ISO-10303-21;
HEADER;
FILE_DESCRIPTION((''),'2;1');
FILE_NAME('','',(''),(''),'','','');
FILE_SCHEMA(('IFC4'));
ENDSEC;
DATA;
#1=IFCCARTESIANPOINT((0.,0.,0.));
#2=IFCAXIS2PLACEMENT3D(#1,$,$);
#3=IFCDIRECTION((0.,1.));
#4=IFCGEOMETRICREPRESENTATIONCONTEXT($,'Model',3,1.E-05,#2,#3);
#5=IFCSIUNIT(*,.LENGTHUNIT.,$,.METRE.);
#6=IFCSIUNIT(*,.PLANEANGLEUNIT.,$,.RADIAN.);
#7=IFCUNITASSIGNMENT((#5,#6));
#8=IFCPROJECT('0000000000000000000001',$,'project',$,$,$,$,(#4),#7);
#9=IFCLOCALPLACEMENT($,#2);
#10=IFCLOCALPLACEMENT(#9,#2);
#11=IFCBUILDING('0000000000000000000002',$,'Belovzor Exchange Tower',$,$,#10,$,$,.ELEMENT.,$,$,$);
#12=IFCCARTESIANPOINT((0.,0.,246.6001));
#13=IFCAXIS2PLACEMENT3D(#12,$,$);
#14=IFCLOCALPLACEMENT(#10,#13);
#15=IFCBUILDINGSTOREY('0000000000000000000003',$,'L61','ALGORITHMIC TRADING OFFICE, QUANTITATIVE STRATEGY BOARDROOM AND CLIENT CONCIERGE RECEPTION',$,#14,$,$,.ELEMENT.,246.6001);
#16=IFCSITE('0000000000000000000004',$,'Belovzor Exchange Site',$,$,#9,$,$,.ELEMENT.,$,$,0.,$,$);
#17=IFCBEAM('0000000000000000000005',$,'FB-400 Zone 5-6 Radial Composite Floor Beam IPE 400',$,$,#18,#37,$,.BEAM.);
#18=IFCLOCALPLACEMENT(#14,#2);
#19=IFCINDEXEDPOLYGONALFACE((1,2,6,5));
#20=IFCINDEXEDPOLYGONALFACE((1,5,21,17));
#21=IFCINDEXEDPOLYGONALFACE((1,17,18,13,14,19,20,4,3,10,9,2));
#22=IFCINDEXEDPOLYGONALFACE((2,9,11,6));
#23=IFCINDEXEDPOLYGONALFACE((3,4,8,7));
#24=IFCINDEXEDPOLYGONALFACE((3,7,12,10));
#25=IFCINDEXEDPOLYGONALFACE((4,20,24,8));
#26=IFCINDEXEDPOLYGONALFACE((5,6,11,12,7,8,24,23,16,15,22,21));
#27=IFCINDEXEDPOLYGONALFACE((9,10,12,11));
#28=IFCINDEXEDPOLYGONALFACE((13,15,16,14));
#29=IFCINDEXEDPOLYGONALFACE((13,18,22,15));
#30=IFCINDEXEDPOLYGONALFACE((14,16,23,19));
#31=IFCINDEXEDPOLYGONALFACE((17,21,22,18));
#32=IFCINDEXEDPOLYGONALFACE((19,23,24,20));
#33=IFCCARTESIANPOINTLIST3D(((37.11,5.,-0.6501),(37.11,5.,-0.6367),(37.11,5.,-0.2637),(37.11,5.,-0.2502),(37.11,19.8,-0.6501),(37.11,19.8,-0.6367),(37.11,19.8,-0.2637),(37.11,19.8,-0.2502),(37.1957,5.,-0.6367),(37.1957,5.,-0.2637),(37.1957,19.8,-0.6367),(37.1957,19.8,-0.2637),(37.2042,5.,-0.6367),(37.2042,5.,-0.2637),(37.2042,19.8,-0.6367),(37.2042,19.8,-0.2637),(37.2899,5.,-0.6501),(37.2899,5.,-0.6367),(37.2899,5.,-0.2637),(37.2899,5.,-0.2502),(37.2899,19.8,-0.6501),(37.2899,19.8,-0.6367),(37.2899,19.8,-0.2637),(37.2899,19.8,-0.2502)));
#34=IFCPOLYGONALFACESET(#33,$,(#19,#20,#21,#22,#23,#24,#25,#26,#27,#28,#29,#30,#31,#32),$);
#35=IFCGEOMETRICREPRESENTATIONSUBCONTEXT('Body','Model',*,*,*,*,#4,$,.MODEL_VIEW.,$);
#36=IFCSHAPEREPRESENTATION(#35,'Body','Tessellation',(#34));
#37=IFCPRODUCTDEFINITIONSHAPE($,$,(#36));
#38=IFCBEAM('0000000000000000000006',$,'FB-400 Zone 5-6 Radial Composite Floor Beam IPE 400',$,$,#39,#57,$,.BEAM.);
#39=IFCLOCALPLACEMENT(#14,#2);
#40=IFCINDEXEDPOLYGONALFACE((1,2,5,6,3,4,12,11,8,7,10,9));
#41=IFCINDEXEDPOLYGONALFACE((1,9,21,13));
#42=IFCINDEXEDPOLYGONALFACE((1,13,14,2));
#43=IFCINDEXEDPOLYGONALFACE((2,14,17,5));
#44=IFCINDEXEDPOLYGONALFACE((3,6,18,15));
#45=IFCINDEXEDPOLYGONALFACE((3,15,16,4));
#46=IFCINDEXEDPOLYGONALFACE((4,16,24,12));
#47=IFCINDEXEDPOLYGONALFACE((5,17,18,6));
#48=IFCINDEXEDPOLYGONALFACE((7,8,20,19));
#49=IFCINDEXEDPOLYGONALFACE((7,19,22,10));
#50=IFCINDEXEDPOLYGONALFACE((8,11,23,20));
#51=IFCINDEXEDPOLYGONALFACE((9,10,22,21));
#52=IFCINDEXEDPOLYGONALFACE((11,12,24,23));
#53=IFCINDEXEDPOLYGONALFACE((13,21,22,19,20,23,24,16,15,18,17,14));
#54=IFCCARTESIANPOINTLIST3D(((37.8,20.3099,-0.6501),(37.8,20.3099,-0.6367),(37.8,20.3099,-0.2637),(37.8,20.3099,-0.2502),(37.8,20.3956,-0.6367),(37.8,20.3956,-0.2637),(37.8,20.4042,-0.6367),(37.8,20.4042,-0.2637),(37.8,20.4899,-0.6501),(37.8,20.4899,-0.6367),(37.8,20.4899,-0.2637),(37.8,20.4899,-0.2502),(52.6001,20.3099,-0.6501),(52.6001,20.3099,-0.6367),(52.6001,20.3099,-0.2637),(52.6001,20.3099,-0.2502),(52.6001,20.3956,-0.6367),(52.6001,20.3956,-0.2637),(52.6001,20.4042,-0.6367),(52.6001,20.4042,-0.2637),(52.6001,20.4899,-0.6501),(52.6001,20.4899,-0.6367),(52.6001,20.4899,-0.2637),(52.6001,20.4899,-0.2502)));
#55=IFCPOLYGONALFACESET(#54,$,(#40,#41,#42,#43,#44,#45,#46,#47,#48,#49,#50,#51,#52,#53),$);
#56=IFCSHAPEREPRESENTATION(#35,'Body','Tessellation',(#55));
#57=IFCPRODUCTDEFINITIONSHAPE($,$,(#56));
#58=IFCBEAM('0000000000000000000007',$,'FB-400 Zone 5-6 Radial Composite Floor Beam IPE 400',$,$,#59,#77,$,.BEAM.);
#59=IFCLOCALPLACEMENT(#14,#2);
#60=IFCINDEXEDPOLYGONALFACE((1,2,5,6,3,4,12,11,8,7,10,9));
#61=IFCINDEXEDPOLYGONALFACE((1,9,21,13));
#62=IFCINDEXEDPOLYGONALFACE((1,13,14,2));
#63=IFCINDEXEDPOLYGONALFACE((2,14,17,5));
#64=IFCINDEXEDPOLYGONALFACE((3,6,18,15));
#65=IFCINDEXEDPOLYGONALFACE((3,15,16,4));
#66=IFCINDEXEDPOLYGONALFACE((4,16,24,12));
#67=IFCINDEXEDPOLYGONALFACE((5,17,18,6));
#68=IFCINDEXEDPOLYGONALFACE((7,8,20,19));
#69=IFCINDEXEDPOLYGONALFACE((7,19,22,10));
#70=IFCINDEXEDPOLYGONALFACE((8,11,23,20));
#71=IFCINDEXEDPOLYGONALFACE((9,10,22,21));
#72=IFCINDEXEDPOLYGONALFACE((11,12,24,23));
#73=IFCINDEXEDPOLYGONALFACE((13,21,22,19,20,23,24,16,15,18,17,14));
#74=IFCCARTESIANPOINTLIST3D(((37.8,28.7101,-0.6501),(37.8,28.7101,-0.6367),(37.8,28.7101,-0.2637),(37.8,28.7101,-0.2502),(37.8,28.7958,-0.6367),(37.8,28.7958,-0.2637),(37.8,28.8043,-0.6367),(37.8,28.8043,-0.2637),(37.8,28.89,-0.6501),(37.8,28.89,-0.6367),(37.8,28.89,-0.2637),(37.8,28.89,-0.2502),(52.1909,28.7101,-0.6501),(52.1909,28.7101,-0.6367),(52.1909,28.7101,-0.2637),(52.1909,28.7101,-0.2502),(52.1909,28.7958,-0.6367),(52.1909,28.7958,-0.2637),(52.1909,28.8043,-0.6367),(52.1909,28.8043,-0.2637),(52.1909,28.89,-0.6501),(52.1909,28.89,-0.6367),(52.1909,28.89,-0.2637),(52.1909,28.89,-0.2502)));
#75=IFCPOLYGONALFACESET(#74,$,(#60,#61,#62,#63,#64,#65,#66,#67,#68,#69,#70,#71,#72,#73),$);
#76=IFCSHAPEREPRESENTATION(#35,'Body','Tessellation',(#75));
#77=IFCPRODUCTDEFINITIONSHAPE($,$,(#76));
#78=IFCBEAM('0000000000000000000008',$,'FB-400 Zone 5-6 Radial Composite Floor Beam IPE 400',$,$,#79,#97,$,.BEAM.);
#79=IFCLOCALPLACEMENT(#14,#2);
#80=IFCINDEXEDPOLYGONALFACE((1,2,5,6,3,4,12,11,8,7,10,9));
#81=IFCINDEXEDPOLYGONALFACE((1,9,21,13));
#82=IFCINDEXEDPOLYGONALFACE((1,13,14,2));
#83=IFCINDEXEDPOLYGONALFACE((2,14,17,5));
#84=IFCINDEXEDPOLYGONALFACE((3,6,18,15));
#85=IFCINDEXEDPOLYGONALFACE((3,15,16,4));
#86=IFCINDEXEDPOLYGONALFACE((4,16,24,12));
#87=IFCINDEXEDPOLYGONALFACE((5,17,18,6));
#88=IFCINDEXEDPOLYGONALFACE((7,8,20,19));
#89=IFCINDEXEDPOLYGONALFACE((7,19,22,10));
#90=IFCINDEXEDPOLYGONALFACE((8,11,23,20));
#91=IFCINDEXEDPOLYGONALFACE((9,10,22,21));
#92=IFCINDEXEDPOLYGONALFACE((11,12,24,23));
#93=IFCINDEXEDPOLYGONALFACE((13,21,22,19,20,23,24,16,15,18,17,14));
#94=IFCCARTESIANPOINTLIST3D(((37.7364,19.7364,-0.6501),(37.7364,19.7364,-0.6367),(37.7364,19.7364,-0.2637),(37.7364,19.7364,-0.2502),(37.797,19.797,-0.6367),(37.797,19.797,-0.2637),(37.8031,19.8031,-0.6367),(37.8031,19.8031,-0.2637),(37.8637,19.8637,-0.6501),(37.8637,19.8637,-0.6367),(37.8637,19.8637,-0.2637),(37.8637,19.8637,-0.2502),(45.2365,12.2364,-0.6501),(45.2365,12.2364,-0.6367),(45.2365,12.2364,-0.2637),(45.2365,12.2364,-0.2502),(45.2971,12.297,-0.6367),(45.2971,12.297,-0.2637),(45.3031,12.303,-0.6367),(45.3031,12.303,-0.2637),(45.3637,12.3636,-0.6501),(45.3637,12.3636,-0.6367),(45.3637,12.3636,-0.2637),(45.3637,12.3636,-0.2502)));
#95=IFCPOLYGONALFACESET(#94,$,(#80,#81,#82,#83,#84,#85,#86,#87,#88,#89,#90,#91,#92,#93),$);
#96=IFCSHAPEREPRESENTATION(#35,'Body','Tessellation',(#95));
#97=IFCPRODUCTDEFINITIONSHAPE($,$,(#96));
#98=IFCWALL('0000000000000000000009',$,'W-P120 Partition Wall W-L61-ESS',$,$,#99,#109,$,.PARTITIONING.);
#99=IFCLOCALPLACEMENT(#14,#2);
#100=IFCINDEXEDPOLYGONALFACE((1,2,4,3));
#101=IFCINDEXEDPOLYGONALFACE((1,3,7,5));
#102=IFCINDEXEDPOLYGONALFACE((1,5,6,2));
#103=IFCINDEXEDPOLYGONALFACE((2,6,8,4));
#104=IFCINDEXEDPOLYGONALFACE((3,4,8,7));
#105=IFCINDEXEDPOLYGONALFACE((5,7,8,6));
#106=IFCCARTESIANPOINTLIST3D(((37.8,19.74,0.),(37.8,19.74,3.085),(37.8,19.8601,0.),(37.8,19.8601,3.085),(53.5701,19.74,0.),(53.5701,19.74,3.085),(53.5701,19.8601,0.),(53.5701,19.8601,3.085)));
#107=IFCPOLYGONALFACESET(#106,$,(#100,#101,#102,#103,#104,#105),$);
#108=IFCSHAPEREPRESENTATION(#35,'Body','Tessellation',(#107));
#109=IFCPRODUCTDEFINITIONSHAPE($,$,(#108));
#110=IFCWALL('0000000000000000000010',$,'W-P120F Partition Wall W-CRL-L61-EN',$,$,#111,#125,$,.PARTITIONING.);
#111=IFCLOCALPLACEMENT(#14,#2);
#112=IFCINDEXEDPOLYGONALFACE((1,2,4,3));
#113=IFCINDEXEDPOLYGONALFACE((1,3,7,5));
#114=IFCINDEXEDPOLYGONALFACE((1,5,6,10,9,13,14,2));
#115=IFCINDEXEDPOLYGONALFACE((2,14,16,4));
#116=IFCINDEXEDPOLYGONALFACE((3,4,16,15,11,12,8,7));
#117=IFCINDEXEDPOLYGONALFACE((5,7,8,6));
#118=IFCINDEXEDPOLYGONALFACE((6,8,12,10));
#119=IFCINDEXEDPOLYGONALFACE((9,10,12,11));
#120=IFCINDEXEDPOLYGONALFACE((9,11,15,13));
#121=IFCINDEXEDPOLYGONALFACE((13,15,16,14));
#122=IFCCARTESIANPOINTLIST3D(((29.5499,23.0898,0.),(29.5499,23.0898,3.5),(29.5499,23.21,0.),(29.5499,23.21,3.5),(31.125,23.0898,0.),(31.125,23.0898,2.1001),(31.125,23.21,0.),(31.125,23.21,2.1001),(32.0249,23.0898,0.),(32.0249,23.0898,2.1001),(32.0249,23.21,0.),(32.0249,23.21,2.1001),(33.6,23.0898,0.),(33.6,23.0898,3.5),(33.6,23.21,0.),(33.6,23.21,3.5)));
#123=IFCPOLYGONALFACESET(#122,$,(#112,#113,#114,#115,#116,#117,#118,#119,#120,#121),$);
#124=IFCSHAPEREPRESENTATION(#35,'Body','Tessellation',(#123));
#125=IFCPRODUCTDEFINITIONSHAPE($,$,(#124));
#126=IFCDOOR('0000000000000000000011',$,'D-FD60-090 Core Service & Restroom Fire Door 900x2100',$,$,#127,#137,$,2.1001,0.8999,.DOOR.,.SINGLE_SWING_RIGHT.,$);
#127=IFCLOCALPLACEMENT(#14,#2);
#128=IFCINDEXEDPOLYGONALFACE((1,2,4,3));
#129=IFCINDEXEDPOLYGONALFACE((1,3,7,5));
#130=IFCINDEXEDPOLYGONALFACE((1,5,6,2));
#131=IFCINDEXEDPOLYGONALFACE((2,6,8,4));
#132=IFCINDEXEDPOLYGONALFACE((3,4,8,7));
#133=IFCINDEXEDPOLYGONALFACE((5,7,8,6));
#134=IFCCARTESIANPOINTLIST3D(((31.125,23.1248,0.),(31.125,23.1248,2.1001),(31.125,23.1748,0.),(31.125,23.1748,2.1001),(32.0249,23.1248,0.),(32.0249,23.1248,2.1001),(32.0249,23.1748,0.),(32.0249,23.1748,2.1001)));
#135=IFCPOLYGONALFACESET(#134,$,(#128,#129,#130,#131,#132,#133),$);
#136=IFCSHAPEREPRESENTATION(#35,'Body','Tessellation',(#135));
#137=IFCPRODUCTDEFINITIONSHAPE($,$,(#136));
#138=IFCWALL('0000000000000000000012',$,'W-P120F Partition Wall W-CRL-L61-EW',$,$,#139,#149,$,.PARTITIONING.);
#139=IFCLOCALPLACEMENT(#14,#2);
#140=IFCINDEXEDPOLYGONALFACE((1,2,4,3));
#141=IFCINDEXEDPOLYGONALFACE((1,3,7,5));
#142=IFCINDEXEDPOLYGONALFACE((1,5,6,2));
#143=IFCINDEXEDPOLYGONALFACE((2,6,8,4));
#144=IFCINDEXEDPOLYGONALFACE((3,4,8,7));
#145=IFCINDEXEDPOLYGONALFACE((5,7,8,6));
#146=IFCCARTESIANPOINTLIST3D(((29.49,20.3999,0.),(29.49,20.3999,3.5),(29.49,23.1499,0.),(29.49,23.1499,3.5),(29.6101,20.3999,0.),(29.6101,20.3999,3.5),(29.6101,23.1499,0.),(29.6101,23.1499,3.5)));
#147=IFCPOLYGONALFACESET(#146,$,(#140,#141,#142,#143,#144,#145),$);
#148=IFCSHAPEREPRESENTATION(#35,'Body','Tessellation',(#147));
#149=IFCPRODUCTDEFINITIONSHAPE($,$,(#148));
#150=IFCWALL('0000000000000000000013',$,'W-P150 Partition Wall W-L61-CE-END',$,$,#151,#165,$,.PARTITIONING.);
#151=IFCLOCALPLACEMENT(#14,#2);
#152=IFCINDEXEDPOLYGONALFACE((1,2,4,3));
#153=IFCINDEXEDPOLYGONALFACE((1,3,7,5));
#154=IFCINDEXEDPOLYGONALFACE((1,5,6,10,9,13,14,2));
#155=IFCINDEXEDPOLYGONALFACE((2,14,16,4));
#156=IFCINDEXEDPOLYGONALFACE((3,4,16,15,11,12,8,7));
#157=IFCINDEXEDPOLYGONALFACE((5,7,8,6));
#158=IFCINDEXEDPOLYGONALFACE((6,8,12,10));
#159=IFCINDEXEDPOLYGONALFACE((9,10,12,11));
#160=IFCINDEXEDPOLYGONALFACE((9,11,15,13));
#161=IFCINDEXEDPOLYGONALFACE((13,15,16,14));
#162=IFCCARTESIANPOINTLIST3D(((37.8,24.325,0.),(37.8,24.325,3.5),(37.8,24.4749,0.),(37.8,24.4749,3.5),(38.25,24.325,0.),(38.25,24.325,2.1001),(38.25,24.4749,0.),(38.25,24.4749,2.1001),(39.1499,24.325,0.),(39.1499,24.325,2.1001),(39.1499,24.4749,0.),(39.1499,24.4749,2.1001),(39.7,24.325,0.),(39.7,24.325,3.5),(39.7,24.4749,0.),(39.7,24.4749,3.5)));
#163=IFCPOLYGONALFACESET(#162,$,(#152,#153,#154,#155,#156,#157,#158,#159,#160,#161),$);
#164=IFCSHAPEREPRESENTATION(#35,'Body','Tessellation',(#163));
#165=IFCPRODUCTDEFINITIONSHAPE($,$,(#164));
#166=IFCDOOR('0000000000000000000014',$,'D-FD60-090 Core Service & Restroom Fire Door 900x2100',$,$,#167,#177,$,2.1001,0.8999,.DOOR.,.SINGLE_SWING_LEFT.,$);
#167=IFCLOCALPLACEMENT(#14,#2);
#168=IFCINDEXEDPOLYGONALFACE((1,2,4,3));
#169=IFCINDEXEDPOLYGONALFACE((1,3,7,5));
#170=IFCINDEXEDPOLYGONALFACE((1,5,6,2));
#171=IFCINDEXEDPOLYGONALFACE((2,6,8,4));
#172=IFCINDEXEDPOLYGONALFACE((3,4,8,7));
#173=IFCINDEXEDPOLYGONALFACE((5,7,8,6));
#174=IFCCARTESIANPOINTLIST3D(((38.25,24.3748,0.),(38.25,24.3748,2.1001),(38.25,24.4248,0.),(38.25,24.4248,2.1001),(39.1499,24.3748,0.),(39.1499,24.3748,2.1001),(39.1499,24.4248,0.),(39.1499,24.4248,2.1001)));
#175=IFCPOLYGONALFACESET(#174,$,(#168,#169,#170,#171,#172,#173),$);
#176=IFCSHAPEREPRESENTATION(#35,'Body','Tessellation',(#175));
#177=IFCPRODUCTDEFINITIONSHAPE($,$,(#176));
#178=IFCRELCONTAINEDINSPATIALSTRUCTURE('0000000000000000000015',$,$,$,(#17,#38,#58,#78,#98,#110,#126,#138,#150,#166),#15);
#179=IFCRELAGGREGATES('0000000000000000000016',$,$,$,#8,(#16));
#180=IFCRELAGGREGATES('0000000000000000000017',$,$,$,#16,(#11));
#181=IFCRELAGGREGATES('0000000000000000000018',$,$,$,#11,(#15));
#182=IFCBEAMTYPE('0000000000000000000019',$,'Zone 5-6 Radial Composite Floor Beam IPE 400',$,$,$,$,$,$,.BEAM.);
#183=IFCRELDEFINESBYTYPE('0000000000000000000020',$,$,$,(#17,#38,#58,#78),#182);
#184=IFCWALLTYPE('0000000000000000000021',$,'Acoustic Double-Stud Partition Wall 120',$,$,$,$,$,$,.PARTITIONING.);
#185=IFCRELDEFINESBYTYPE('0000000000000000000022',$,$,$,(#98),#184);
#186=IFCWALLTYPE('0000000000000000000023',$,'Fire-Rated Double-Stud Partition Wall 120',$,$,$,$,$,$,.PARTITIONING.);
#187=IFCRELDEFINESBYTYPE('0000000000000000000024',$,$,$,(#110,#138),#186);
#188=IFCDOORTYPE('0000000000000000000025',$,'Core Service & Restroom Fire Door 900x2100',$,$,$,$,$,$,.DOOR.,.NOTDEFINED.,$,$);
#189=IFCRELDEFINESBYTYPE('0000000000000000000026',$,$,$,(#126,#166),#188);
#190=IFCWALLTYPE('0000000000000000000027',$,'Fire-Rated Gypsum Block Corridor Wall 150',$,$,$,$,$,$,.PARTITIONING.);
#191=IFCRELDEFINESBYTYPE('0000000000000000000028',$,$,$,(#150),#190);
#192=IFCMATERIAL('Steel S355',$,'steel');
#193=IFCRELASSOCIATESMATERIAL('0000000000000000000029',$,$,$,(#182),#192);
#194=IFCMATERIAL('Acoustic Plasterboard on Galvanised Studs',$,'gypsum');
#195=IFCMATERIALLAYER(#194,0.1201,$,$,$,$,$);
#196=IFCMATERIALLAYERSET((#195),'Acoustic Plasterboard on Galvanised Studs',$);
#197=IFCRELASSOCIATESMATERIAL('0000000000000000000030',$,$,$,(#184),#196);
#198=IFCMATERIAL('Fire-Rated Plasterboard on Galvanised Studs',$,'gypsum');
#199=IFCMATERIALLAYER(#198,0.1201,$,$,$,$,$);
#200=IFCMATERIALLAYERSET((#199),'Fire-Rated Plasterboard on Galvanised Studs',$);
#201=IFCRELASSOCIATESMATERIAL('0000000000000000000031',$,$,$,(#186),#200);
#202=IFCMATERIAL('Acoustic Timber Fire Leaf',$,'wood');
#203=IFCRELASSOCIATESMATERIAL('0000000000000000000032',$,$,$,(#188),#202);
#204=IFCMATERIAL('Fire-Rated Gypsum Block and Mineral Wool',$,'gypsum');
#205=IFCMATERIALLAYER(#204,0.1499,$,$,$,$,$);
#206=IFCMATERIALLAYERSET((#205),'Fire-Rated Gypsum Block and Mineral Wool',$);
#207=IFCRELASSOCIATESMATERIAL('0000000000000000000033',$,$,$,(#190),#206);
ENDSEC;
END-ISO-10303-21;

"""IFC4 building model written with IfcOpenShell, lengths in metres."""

from ifc_helpers import new_model, si_unit, direction, frame, frame_2d, origin, origin_2d, place, context, subcontext, project, spatial, rectangle, i_section, extrude, material, layer, layer_set, material_profile, profile_set, type_object, element, fill, save


model = new_model("IFC4")

# Units and contexts
model_context = context("Model", 3, precision=1e-05, world=origin(), true_north=direction((0.0, 1.0)))
body_context = subcontext(model_context, "Body", "Model", "MODEL_VIEW")
ifc_project = project(units=[si_unit("LENGTHUNIT", "METRE"), si_unit("PLANEANGLEUNIT", "RADIAN")], contexts=[model_context])

# Site, building, storey
site_placement = place(None, origin())
site = spatial("IfcSite", under=ifc_project, at=site_placement, Name="Belovzor Exchange Site", CompositionType="ELEMENT", RefElevation=0.0)
building_placement = place(site_placement, origin())
building = spatial("IfcBuilding", under=site, at=building_placement, Name="Belovzor Exchange Tower", CompositionType="ELEMENT")
storey_placement = place(building_placement, frame((0.0, 0.0, 246.6001)))
storey = spatial("IfcBuildingStorey", under=building, at=storey_placement, Name="L61", Description="ALGORITHMIC TRADING OFFICE, QUANTITATIVE STRATEGY BOARDROOM AND CLIENT CONCIERGE RECEPTION", CompositionType="ELEMENT", Elevation=246.6001)

# Beams
ifc_material_1 = material(Name="Steel S355", Category="steel")
ifc_material_profile = material_profile(ifc_material_1, i_section(OverallWidth=0.1799, OverallDepth=0.3999, WebThickness=0.0085, FlangeThickness=0.0134, at=origin_2d()))
ifc_profile_set = profile_set([ifc_material_profile], Name="Steel S355")
beam_type = type_object("IfcBeamType", Name="Zone 5-6 Radial Composite Floor Beam IPE 400", PredefinedType="BEAM", material=ifc_profile_set)
for number, where, z_axis, x_axis, name in (
    (1, (37.2, 19.8, -0.4502), (0.0, -1.0, 0.0), (1.0, 0.0, 0.0), "FB-400 Zone 5-6 Radial Composite Floor Beam IPE 400"),
    (2, (37.8, 20.3999, -0.4502), (1.0, 0.0, 0.0), (0.0, 1.0, 0.0), "FB-400 Zone 5-6 Radial Composite Floor Beam IPE 400"),
):
    element("IfcBeam", number, at=place(storey_placement, frame(where, z_axis=z_axis, x_axis=x_axis)), inside=storey, type_object=beam_type, Name=name, PredefinedType="BEAM", context=body_context, shape_type="SweptSolid", body=[
        extrude(i_section(OverallWidth=0.1799, OverallDepth=0.3999, WebThickness=0.0085, FlangeThickness=0.0134, at=origin_2d()), origin(), (0.0, 0.0, 1.0), 14.8),
    ])
beam_1_placement = place(storey_placement, frame((37.8, 28.8, -0.4502), z_axis=(1.0, 0.0, 0.0), x_axis=(0.0, 1.0, 0.0)))
element("IfcBeam", 3, at=beam_1_placement, inside=storey, type_object=beam_type, Name="FB-400 Zone 5-6 Radial Composite Floor Beam IPE 400", PredefinedType="BEAM", context=body_context, shape_type="SweptSolid", body=[
    extrude(i_section(OverallWidth=0.1799, OverallDepth=0.3999, WebThickness=0.0085, FlangeThickness=0.0134, at=origin_2d()), origin(), (0.0, 0.0, 1.0), 14.3909),
])
beam_2_placement = place(storey_placement, frame((37.8, 19.8, -0.4502), z_axis=(0.707107, -0.707107, 0.0), x_axis=(0.707107, 0.707107, 0.0)))
element("IfcBeam", 4, at=beam_2_placement, inside=storey, type_object=beam_type, Name="FB-400 Zone 5-6 Radial Composite Floor Beam IPE 400", PredefinedType="BEAM", context=body_context, shape_type="SweptSolid", body=[
    extrude(i_section(OverallWidth=0.1799, OverallDepth=0.3999, WebThickness=0.0085, FlangeThickness=0.0134, at=origin_2d()), origin(), (0.0, 0.0, 1.0), 10.6067),
])

# Wall
ifc_material_2 = material(Name="Acoustic Plasterboard on Galvanised Studs", Category="gypsum")
ifc_layer_1 = layer(ifc_material_2, 0.1201)
ifc_layer_set_1 = layer_set([ifc_layer_1], Name="Acoustic Plasterboard on Galvanised Studs")
wall_type_1 = type_object("IfcWallType", Name="Acoustic Double-Stud Partition Wall 120", PredefinedType="PARTITIONING", material=ifc_layer_set_1)
wall_1_placement = place(storey_placement, frame((37.8, 19.8, 0.0), z_axis=(0.0, 0.0, 1.0), x_axis=(1.0, 0.0, 0.0)))
element("IfcWall", 5, at=wall_1_placement, inside=storey, type_object=wall_type_1, Name="W-P120 Partition Wall W-L61-ESS", PredefinedType="PARTITIONING", context=body_context, shape_type="SweptSolid", body=[
    extrude(rectangle(XDim=15.77, YDim=0.1201, at=frame_2d((7.885, 0.0))), origin(), (0.0, 0.0, 1.0), 3.085),
])

# Wall, opening, door
ifc_material_3 = material(Name="Fire-Rated Plasterboard on Galvanised Studs", Category="gypsum")
ifc_layer_2 = layer(ifc_material_3, 0.1201)
ifc_layer_set_2 = layer_set([ifc_layer_2], Name="Fire-Rated Plasterboard on Galvanised Studs")
wall_type_2 = type_object("IfcWallType", Name="Fire-Rated Double-Stud Partition Wall 120", PredefinedType="PARTITIONING", material=ifc_layer_set_2)
wall_2_placement = place(storey_placement, frame((29.55, 23.1499, 0.0), z_axis=(0.0, 0.0, 1.0), x_axis=(1.0, 0.0, 0.0)))
wall_2 = element("IfcWall", 6, at=wall_2_placement, inside=storey, type_object=wall_type_2, Name="W-P120F Partition Wall W-CRL-L61-EN", PredefinedType="PARTITIONING", context=body_context, shape_type="SweptSolid", body=[
    extrude(rectangle(XDim=4.05, YDim=0.1201, at=frame_2d((2.0249, 0.0))), origin(), (0.0, 0.0, 1.0), 3.5),
])
opening_1_placement = place(wall_2_placement, frame((1.575, 0.0, 0.0)))
opening_1 = element("IfcOpeningElement", 7, at=opening_1_placement, cuts=wall_2, PredefinedType="OPENING", context=body_context, shape_type="SweptSolid", body=[
    extrude(rectangle(XDim=0.8999, YDim=2.1001, at=frame_2d((0.45, 1.05))), frame((0.0, 0.0701, 0.0), z_axis=(0.0, -1.0, 0.0), x_axis=(1.0, 0.0, 0.0)), (0.0, 0.0, 1.0), 0.1401),
])
ifc_material_4 = material(Name="Acoustic Timber Fire Leaf", Category="wood")
door_type_1 = type_object("IfcDoorType", Name="Core Service & Restroom Fire Door 900x2100", OperationType="NOTDEFINED", PredefinedType="DOOR", material=ifc_material_4)
door_1_placement = place(opening_1_placement, origin())
door_1 = element("IfcDoor", 8, at=door_1_placement, inside=storey, type_object=door_type_1, Name="D-FD60-090 Core Service & Restroom Fire Door 900x2100", OperationType="SINGLE_SWING_RIGHT", OverallHeight=2.1001, OverallWidth=0.8999, PredefinedType="DOOR", context=body_context, shape_type="SweptSolid", body=[
    extrude(rectangle(XDim=0.8999, YDim=2.1001, at=frame_2d((0.45, 1.05))), frame((0.0, 0.0249, 0.0), z_axis=(0.0, -1.0, 0.0), x_axis=(1.0, 0.0, 0.0)), (0.0, 0.0, 1.0), 0.05),
])
fill(opening_1, door_1)

# Wall
wall_3_placement = place(storey_placement, frame((29.55, 20.3999, 0.0), z_axis=(0.0, 0.0, 1.0), x_axis=(0.0, 1.0, 0.0)))
element("IfcWall", 9, at=wall_3_placement, inside=storey, type_object=wall_type_2, Name="W-P120F Partition Wall W-CRL-L61-EW", PredefinedType="PARTITIONING", context=body_context, shape_type="SweptSolid", body=[
    extrude(rectangle(XDim=2.75, YDim=0.1201, at=frame_2d((1.375, 0.0))), origin(), (0.0, 0.0, 1.0), 3.5),
])

# Wall, opening, door
ifc_material_5 = material(Name="Fire-Rated Gypsum Block and Mineral Wool", Category="gypsum")
ifc_layer_3 = layer(ifc_material_5, 0.1499)
ifc_layer_set_3 = layer_set([ifc_layer_3], Name="Fire-Rated Gypsum Block and Mineral Wool")
wall_type_3 = type_object("IfcWallType", Name="Fire-Rated Gypsum Block Corridor Wall 150", PredefinedType="PARTITIONING", material=ifc_layer_set_3)
wall_4_placement = place(storey_placement, frame((37.8, 24.3999, 0.0), z_axis=(0.0, 0.0, 1.0), x_axis=(1.0, 0.0, 0.0)))
wall_4 = element("IfcWall", 10, at=wall_4_placement, inside=storey, type_object=wall_type_3, Name="W-P150 Partition Wall W-L61-CE-END", PredefinedType="PARTITIONING", context=body_context, shape_type="SweptSolid", body=[
    extrude(rectangle(XDim=1.8999, YDim=0.1499, at=frame_2d((0.95, 0.0))), origin(), (0.0, 0.0, 1.0), 3.5),
])
opening_2_placement = place(wall_4_placement, frame((0.45, 0.0, 0.0)))
opening_2 = element("IfcOpeningElement", 11, at=opening_2_placement, cuts=wall_4, PredefinedType="OPENING", context=body_context, shape_type="SweptSolid", body=[
    extrude(rectangle(XDim=0.8999, YDim=2.1001, at=frame_2d((0.45, 1.05))), frame((0.0, 0.085, 0.0), z_axis=(0.0, -1.0, 0.0), x_axis=(1.0, 0.0, 0.0)), (0.0, 0.0, 1.0), 0.1699),
])
door_2_placement = place(opening_2_placement, origin())
door_2 = element("IfcDoor", 12, at=door_2_placement, inside=storey, type_object=door_type_1, Name="D-FD60-090 Core Service & Restroom Fire Door 900x2100", OperationType="SINGLE_SWING_LEFT", OverallHeight=2.1001, OverallWidth=0.8999, PredefinedType="DOOR", context=body_context, shape_type="SweptSolid", body=[
    extrude(rectangle(XDim=0.8999, YDim=2.1001, at=frame_2d((0.45, 1.05))), frame((0.0, 0.0249, 0.0), z_axis=(0.0, -1.0, 0.0), x_axis=(1.0, 0.0, 0.0)), (0.0, 0.0, 1.0), 0.05),
])
fill(opening_2, door_2)

save(model, "model.ifc")
